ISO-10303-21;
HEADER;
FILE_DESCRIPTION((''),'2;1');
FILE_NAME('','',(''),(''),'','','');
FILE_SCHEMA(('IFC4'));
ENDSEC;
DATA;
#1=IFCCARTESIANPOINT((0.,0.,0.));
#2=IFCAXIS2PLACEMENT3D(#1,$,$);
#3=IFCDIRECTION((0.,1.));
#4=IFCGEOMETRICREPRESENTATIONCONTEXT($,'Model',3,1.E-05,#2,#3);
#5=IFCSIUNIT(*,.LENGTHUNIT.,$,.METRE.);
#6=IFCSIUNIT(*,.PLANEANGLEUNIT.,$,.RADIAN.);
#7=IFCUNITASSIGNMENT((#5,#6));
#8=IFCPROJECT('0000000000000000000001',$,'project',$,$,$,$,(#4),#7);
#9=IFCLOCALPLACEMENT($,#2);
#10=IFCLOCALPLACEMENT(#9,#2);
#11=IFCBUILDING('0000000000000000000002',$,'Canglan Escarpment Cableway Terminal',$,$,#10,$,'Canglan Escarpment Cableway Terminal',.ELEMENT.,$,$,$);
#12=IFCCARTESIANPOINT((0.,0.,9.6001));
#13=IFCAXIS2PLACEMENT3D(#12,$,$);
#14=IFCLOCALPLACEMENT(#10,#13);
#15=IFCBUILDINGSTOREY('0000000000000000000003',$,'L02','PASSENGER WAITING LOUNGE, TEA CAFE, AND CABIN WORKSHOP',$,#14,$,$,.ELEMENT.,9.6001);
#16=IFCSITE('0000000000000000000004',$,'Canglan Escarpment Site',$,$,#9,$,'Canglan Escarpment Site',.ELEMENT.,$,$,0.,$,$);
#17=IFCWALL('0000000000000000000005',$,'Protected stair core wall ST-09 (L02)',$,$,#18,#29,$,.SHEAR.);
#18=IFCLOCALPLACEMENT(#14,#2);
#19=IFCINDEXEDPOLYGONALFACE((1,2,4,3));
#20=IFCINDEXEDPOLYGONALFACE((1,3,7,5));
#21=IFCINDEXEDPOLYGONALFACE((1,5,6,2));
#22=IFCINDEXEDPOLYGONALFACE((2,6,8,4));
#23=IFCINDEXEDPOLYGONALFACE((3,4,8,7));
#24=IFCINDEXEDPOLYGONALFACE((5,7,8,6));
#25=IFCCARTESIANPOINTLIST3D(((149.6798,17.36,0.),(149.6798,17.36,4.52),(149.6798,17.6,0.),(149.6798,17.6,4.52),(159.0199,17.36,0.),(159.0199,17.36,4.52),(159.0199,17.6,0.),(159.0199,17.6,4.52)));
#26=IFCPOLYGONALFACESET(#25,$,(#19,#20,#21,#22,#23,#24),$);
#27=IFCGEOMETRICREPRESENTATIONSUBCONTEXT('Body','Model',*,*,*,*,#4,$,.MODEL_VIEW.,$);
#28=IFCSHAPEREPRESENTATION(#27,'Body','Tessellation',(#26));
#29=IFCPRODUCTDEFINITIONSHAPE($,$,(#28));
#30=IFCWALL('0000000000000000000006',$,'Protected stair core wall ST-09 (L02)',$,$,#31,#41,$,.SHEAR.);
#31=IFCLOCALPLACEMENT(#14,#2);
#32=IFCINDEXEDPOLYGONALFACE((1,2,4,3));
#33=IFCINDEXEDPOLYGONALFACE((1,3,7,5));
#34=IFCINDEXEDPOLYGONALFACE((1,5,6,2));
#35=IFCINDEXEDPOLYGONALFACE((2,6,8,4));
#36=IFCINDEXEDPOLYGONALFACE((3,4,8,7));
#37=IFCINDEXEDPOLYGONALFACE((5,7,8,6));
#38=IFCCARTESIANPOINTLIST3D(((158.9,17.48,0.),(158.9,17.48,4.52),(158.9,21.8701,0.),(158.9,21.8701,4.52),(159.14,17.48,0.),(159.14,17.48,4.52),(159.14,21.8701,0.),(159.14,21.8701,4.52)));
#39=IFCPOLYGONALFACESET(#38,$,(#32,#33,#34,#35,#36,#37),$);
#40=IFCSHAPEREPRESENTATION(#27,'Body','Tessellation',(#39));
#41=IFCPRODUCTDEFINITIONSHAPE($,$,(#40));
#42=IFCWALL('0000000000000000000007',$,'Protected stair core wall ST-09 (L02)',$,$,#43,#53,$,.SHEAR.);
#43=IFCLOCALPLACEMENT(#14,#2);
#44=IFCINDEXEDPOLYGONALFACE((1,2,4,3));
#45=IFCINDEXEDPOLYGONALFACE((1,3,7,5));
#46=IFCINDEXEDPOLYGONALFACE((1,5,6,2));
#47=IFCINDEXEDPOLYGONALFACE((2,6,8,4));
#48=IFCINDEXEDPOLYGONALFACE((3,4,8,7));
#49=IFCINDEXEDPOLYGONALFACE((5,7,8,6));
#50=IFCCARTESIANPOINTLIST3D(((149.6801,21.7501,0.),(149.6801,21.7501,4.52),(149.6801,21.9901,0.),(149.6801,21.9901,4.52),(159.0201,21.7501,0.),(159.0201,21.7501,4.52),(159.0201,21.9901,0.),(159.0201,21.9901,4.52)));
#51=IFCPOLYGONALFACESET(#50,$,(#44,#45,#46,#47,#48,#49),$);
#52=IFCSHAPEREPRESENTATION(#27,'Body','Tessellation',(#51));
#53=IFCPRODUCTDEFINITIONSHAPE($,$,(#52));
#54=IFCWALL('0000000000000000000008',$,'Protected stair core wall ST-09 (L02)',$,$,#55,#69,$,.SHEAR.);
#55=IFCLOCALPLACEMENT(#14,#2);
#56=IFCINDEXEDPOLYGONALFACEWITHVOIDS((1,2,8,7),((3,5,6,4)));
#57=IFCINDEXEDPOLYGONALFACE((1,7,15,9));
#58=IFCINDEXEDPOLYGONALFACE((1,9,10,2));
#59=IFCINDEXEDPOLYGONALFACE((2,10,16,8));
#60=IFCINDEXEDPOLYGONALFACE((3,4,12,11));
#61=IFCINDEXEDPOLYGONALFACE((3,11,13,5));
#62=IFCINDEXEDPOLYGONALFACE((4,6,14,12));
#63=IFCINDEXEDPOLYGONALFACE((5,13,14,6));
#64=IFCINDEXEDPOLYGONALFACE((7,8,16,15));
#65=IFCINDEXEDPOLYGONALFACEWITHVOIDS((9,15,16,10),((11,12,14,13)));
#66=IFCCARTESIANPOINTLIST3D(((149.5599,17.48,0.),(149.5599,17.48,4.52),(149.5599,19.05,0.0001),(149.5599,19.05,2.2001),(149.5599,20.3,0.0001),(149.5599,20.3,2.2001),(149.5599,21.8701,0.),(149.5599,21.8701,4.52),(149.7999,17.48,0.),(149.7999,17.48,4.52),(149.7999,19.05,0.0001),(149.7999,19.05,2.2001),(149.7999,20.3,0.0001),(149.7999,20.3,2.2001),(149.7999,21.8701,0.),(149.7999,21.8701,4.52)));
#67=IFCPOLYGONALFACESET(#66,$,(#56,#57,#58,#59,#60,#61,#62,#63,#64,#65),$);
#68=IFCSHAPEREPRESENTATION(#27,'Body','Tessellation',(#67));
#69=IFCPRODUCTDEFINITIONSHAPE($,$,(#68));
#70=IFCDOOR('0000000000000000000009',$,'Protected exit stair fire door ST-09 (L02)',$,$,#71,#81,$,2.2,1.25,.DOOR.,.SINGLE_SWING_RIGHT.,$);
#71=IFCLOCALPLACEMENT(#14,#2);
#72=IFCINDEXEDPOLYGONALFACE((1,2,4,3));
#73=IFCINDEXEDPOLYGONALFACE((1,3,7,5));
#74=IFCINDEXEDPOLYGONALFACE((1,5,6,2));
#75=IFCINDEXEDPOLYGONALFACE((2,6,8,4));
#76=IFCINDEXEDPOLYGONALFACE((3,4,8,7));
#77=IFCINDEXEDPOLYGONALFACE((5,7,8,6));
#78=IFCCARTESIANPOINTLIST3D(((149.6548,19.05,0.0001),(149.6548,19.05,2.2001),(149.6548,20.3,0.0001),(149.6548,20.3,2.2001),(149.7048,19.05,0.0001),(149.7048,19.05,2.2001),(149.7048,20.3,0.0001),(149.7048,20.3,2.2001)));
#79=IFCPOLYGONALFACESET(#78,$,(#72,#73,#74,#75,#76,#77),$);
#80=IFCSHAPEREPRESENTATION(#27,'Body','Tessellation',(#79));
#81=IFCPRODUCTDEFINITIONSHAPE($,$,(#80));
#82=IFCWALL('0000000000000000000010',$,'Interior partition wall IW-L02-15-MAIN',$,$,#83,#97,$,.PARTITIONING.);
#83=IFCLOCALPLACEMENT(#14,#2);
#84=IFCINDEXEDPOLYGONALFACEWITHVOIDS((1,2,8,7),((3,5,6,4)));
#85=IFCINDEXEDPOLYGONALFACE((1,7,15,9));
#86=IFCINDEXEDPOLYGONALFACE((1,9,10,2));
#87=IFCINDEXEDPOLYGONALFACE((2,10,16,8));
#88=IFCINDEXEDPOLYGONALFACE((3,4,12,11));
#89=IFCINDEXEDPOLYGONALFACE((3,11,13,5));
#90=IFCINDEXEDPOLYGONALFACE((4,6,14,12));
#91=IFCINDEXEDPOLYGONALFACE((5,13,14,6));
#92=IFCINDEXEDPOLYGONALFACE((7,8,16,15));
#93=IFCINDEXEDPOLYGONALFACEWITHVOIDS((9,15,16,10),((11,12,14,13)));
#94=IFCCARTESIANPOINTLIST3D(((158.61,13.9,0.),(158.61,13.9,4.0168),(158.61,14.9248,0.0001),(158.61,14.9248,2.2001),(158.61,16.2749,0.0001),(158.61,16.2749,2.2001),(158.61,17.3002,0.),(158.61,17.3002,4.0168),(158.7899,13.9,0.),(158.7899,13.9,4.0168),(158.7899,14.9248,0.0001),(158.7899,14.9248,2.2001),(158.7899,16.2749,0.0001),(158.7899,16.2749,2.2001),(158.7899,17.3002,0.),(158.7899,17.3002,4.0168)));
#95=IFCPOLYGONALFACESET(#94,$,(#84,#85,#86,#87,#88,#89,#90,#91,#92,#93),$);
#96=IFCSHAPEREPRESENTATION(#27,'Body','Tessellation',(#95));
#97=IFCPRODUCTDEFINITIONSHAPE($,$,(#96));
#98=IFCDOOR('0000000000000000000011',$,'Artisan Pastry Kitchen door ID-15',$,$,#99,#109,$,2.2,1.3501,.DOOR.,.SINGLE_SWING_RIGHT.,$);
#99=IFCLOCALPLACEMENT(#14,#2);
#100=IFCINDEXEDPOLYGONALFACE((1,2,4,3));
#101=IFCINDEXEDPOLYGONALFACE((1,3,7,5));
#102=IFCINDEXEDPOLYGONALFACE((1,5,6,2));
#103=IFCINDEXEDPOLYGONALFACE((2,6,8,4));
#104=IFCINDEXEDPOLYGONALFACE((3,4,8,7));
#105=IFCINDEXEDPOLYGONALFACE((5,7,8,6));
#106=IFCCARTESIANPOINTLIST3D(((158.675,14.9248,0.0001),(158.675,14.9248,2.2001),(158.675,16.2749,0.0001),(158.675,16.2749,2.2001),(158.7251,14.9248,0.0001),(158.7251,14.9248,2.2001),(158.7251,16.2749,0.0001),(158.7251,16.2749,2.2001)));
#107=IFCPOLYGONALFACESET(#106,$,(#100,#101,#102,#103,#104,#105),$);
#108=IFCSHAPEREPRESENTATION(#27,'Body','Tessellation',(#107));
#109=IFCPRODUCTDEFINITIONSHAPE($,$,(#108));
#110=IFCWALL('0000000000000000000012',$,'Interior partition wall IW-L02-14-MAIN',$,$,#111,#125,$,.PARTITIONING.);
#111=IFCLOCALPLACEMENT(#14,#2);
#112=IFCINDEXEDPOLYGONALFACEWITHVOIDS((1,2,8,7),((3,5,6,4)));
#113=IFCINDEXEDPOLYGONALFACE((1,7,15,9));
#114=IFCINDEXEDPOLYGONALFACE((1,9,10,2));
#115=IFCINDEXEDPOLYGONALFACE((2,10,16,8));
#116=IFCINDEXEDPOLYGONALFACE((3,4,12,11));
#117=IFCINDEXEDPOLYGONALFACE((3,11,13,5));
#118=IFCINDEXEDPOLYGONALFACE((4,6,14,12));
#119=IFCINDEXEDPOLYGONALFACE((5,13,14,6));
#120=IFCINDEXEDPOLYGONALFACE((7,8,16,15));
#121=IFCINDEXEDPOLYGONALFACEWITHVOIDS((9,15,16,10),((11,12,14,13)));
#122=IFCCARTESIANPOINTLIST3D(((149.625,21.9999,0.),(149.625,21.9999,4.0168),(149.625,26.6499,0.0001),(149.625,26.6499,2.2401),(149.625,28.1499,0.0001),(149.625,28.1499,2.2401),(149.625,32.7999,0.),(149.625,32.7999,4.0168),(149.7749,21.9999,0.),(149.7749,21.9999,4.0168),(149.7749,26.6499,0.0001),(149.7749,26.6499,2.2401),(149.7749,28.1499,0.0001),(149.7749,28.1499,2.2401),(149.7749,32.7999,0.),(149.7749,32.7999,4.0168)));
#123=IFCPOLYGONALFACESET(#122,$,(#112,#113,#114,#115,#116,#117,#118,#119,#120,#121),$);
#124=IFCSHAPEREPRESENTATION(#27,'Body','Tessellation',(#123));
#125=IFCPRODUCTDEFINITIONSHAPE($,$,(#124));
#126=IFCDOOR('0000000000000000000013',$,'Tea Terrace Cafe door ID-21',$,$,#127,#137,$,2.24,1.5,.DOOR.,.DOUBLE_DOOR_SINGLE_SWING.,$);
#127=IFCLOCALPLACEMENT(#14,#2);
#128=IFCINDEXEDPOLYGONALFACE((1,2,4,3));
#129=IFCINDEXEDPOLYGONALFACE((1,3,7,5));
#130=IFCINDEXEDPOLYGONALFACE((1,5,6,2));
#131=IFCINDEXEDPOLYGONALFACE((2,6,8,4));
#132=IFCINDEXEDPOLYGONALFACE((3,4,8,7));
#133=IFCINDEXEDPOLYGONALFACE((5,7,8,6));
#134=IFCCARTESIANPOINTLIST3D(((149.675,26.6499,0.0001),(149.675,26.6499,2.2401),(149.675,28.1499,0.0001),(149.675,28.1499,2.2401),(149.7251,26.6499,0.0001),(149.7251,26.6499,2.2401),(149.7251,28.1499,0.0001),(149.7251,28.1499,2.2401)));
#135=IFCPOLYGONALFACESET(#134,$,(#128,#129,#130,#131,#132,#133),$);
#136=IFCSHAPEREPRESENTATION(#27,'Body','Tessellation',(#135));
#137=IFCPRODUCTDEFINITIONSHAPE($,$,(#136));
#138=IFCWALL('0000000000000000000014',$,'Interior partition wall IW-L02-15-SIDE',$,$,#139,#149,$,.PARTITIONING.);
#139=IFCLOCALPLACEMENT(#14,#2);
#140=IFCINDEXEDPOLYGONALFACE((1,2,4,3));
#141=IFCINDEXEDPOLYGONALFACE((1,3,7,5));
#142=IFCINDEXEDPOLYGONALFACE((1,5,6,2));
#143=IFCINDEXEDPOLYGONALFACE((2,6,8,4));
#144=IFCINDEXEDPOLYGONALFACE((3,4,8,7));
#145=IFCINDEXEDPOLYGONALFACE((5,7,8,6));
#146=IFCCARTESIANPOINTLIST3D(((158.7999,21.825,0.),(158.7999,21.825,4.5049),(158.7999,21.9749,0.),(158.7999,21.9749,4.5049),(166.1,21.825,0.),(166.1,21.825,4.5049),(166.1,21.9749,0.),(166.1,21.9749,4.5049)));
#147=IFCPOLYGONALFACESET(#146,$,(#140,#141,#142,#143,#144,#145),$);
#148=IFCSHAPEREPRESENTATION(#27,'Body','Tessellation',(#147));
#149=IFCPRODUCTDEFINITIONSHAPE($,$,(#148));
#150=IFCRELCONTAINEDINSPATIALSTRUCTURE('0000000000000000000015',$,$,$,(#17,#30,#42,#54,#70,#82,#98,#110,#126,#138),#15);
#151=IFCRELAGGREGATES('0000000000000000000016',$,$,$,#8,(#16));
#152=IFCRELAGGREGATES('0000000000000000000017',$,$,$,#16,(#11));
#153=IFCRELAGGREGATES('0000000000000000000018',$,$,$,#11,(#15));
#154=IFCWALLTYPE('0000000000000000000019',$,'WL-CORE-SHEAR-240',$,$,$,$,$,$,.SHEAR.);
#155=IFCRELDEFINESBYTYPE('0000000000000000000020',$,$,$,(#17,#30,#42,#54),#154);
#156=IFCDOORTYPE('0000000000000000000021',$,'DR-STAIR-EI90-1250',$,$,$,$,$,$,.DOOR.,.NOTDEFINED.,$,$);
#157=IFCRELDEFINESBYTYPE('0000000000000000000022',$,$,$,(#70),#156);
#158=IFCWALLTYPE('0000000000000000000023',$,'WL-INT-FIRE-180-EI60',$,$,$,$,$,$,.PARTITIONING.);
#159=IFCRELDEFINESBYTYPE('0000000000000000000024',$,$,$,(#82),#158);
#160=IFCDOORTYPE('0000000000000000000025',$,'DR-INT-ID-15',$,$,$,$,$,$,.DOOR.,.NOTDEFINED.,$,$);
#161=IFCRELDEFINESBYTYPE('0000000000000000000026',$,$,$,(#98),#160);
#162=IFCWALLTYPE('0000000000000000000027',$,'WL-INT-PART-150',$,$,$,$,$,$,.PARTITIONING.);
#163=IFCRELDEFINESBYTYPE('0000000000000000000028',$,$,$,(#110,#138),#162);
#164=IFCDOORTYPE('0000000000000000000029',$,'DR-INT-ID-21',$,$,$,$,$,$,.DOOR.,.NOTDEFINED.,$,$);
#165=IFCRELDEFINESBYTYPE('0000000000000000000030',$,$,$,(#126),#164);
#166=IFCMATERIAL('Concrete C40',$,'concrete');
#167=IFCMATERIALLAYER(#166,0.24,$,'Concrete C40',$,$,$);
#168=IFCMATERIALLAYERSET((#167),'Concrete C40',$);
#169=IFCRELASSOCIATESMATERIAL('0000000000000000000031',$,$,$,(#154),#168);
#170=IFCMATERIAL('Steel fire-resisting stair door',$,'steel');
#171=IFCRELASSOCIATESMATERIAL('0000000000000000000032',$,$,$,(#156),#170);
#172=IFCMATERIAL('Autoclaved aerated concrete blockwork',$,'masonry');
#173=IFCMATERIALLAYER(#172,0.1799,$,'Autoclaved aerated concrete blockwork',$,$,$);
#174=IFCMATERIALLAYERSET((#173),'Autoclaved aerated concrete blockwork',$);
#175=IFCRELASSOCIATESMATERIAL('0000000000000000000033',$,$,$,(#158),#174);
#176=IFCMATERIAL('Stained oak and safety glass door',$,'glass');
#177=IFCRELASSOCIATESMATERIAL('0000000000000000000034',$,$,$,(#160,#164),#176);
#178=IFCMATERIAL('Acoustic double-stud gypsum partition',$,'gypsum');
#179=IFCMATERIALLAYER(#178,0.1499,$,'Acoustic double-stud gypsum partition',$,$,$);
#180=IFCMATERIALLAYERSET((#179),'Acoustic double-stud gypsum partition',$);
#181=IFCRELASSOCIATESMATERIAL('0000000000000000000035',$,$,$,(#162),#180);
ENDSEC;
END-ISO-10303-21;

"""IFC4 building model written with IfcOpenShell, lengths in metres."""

from ifc_helpers import new_model, si_unit, direction, frame, frame_2d, origin, place, context, subcontext, project, spatial, rectangle, extrude, material, layer, layer_set, type_object, element, fill, save


model = new_model("IFC4")

# Units and contexts
model_context = context("Model", 3, precision=1e-05, world=origin(), true_north=direction((0.0, 1.0)))
body_context = subcontext(model_context, "Body", "Model", "MODEL_VIEW")
ifc_project = project(units=[si_unit("LENGTHUNIT", "METRE"), si_unit("PLANEANGLEUNIT", "RADIAN")], contexts=[model_context])

# Site, building, storey
site_placement = place(None, origin())
site = spatial("IfcSite", under=ifc_project, at=site_placement, Name="Canglan Escarpment Site", LongName="Canglan Escarpment Site", CompositionType="ELEMENT", RefElevation=0.0)
building_placement = place(site_placement, origin())
building = spatial("IfcBuilding", under=site, at=building_placement, Name="Canglan Escarpment Cableway Terminal", LongName="Canglan Escarpment Cableway Terminal", CompositionType="ELEMENT")
storey_placement = place(building_placement, frame((0.0, 0.0, 9.6001)))
storey = spatial("IfcBuildingStorey", under=building, at=storey_placement, Name="L02", Description="PASSENGER WAITING LOUNGE, TEA CAFE, AND CABIN WORKSHOP", CompositionType="ELEMENT", Elevation=9.6001)

# Shared definitions
ifc_material_1 = material(Name="Concrete C40", Category="concrete")

# Shared definitions
ifc_layer_1 = layer(ifc_material_1, 0.24, Name="Concrete C40")
ifc_layer_set_1 = layer_set([ifc_layer_1], Name="Concrete C40")
wall_type_1 = type_object("IfcWallType", Name="WL-CORE-SHEAR-240", PredefinedType="SHEAR", material=ifc_layer_set_1)

# Shared definitions
ifc_material_2 = material(Name="Steel fire-resisting stair door", Category="steel")
door_type_1 = type_object("IfcDoorType", Name="DR-STAIR-EI90-1250", OperationType="NOTDEFINED", PredefinedType="DOOR", material=ifc_material_2)

# Walls
wall_1_placement = place(storey_placement, frame((149.6799, 17.48, 0.0), z_axis=(0.0, 0.0, 1.0), x_axis=(1.0, 0.0, 0.0)))
element("IfcWall", 1, at=wall_1_placement, inside=storey, type_object=wall_type_1, Name="Protected stair core wall ST-09 (L02)", PredefinedType="SHEAR", context=body_context, shape_type="SweptSolid", body=[
    extrude(rectangle(XDim=9.3401, YDim=0.24, at=frame_2d((4.6699, 0.0))), origin(), (0.0, 0.0, 1.0), 4.52),
])
wall_2_placement = place(storey_placement, frame((159.02, 17.48, 0.0), z_axis=(0.0, 0.0, 1.0), x_axis=(0.0, 1.0, 0.0)))
element("IfcWall", 2, at=wall_2_placement, inside=storey, type_object=wall_type_1, Name="Protected stair core wall ST-09 (L02)", PredefinedType="SHEAR", context=body_context, shape_type="SweptSolid", body=[
    extrude(rectangle(XDim=4.3901, YDim=0.24, at=frame_2d((2.1951, 0.0))), origin(), (0.0, 0.0, 1.0), 4.52),
])
wall_3_placement = place(storey_placement, frame((159.02, 21.8701, 0.0), z_axis=(0.0, 0.0, 1.0), x_axis=(-1.0, 0.0, 0.0)))
element("IfcWall", 3, at=wall_3_placement, inside=storey, type_object=wall_type_1, Name="Protected stair core wall ST-09 (L02)", PredefinedType="SHEAR", context=body_context, shape_type="SweptSolid", body=[
    extrude(rectangle(XDim=9.3401, YDim=0.24, at=frame_2d((4.6699, 0.0))), origin(), (0.0, 0.0, 1.0), 4.52),
])

# Walls, openings, doors
wall_4_placement = place(storey_placement, frame((149.6799, 21.8701, 0.0), z_axis=(0.0, 0.0, 1.0), x_axis=(0.0, -1.0, 0.0)))
wall_4 = element("IfcWall", 4, at=wall_4_placement, inside=storey, type_object=wall_type_1, Name="Protected stair core wall ST-09 (L02)", PredefinedType="SHEAR", context=body_context, shape_type="SweptSolid", body=[
    extrude(rectangle(XDim=4.3901, YDim=0.24, at=frame_2d((2.1951, 0.0))), origin(), (0.0, 0.0, 1.0), 4.52),
])
opening_1_placement = place(wall_4_placement, frame((1.5701, 0.0, 0.0)))
opening_1 = element("IfcOpeningElement", 5, at=opening_1_placement, cuts=wall_4, PredefinedType="OPENING", context=body_context, shape_type="SweptSolid", body=[
    extrude(rectangle(XDim=1.25, YDim=2.2, at=frame_2d((0.625, 1.1001))), frame((0.0, 0.1299, 0.0), z_axis=(0.0, -1.0, 0.0), x_axis=(1.0, 0.0, 0.0)), (0.0, 0.0, 1.0), 0.26),
])
door_1_placement = place(opening_1_placement, origin())
door_1 = element("IfcDoor", 6, at=door_1_placement, inside=storey, type_object=door_type_1, Name="Protected exit stair fire door ST-09 (L02)", OperationType="SINGLE_SWING_RIGHT", OverallHeight=2.2, OverallWidth=1.25, PredefinedType="DOOR", context=body_context, shape_type="SweptSolid", body=[
    extrude(rectangle(XDim=1.25, YDim=2.2, at=frame_2d((0.625, 1.1001))), frame((0.0, 0.0249, 0.0), z_axis=(0.0, -1.0, 0.0), x_axis=(1.0, 0.0, 0.0)), (0.0, 0.0, 1.0), 0.05),
])
fill(opening_1, door_1)
ifc_material_3 = material(Name="Autoclaved aerated concrete blockwork", Category="masonry")
ifc_layer_2 = layer(ifc_material_3, 0.1799, Name="Autoclaved aerated concrete blockwork")
ifc_layer_set_2 = layer_set([ifc_layer_2], Name="Autoclaved aerated concrete blockwork")
wall_type_2 = type_object("IfcWallType", Name="WL-INT-FIRE-180-EI60", PredefinedType="PARTITIONING", material=ifc_layer_set_2)
wall_5_placement = place(storey_placement, frame((158.7, 13.8999, 0.0), z_axis=(0.0, 0.0, 1.0), x_axis=(0.0, 1.0, 0.0)))
wall_5 = element("IfcWall", 7, at=wall_5_placement, inside=storey, type_object=wall_type_2, Name="Interior partition wall IW-L02-15-MAIN", PredefinedType="PARTITIONING", context=body_context, shape_type="SweptSolid", body=[
    extrude(rectangle(XDim=3.4001, YDim=0.1799, at=frame_2d((1.7002, 0.0))), origin(), (0.0, 0.0, 1.0), 4.0168),
])
opening_2_placement = place(wall_5_placement, frame((1.0249, 0.0, 0.0)))
opening_2 = element("IfcOpeningElement", 8, at=opening_2_placement, cuts=wall_5, PredefinedType="OPENING", context=body_context, shape_type="SweptSolid", body=[
    extrude(rectangle(XDim=1.3501, YDim=2.2, at=frame_2d((0.675, 1.1001))), frame((0.0, 0.1001, 0.0), z_axis=(0.0, -1.0, 0.0), x_axis=(1.0, 0.0, 0.0)), (0.0, 0.0, 1.0), 0.2),
])
ifc_material_4 = material(Name="Stained oak and safety glass door", Category="glass")
door_type_2 = type_object("IfcDoorType", Name="DR-INT-ID-15", OperationType="NOTDEFINED", PredefinedType="DOOR", material=ifc_material_4)
door_2_placement = place(opening_2_placement, origin())
door_2 = element("IfcDoor", 9, at=door_2_placement, inside=storey, type_object=door_type_2, Name="Artisan Pastry Kitchen door ID-15", OperationType="SINGLE_SWING_RIGHT", OverallHeight=2.2, OverallWidth=1.3501, PredefinedType="DOOR", context=body_context, shape_type="SweptSolid", body=[
    extrude(rectangle(XDim=1.3501, YDim=2.2, at=frame_2d((0.675, 1.1001))), frame((0.0, 0.0249, 0.0), z_axis=(0.0, -1.0, 0.0), x_axis=(1.0, 0.0, 0.0)), (0.0, 0.0, 1.0), 0.05),
])
fill(opening_2, door_2)
ifc_material_5 = material(Name="Acoustic double-stud gypsum partition", Category="gypsum")
ifc_layer_3 = layer(ifc_material_5, 0.1499, Name="Acoustic double-stud gypsum partition")
ifc_layer_set_3 = layer_set([ifc_layer_3], Name="Acoustic double-stud gypsum partition")
wall_type_3 = type_object("IfcWallType", Name="WL-INT-PART-150", PredefinedType="PARTITIONING", material=ifc_layer_set_3)
wall_6_placement = place(storey_placement, frame((149.7, 22.0, 0.0), z_axis=(0.0, 0.0, 1.0), x_axis=(0.0, 1.0, 0.0)))
wall_6 = element("IfcWall", 10, at=wall_6_placement, inside=storey, type_object=wall_type_3, Name="Interior partition wall IW-L02-14-MAIN", PredefinedType="PARTITIONING", context=body_context, shape_type="SweptSolid", body=[
    extrude(rectangle(XDim=10.8, YDim=0.1499, at=frame_2d((5.3999, 0.0))), origin(), (0.0, 0.0, 1.0), 4.0168),
])
opening_3_placement = place(wall_6_placement, frame((4.6499, 0.0, 0.0)))
opening_3 = element("IfcOpeningElement", 11, at=opening_3_placement, cuts=wall_6, PredefinedType="OPENING", context=body_context, shape_type="SweptSolid", body=[
    extrude(rectangle(XDim=1.5, YDim=2.24, at=frame_2d((0.75, 1.1201))), frame((0.0, 0.085, 0.0), z_axis=(0.0, -1.0, 0.0), x_axis=(1.0, 0.0, 0.0)), (0.0, 0.0, 1.0), 0.1699),
])
door_type_3 = type_object("IfcDoorType", Name="DR-INT-ID-21", OperationType="NOTDEFINED", PredefinedType="DOOR", material=ifc_material_4)
door_3_placement = place(opening_3_placement, origin())
door_3 = element("IfcDoor", 12, at=door_3_placement, inside=storey, type_object=door_type_3, Name="Tea Terrace Cafe door ID-21", OperationType="DOUBLE_DOOR_SINGLE_SWING", OverallHeight=2.24, OverallWidth=1.5, PredefinedType="DOOR", context=body_context, shape_type="SweptSolid", body=[
    extrude(rectangle(XDim=1.5, YDim=2.24, at=frame_2d((0.75, 1.1201))), frame((0.0, 0.0249, 0.0), z_axis=(0.0, -1.0, 0.0), x_axis=(1.0, 0.0, 0.0)), (0.0, 0.0, 1.0), 0.05),
])
fill(opening_3, door_3)

# Wall
wall_7_placement = place(storey_placement, frame((158.8, 21.8999, 0.0), z_axis=(0.0, 0.0, 1.0), x_axis=(1.0, 0.0, 0.0)))
element("IfcWall", 13, at=wall_7_placement, inside=storey, type_object=wall_type_3, Name="Interior partition wall IW-L02-15-SIDE", PredefinedType="PARTITIONING", context=body_context, shape_type="SweptSolid", body=[
    extrude(rectangle(XDim=7.3, YDim=0.1499, at=frame_2d((3.6499, 0.0))), origin(), (0.0, 0.0, 1.0), 4.5049),
])

save(model, "model.ifc")
